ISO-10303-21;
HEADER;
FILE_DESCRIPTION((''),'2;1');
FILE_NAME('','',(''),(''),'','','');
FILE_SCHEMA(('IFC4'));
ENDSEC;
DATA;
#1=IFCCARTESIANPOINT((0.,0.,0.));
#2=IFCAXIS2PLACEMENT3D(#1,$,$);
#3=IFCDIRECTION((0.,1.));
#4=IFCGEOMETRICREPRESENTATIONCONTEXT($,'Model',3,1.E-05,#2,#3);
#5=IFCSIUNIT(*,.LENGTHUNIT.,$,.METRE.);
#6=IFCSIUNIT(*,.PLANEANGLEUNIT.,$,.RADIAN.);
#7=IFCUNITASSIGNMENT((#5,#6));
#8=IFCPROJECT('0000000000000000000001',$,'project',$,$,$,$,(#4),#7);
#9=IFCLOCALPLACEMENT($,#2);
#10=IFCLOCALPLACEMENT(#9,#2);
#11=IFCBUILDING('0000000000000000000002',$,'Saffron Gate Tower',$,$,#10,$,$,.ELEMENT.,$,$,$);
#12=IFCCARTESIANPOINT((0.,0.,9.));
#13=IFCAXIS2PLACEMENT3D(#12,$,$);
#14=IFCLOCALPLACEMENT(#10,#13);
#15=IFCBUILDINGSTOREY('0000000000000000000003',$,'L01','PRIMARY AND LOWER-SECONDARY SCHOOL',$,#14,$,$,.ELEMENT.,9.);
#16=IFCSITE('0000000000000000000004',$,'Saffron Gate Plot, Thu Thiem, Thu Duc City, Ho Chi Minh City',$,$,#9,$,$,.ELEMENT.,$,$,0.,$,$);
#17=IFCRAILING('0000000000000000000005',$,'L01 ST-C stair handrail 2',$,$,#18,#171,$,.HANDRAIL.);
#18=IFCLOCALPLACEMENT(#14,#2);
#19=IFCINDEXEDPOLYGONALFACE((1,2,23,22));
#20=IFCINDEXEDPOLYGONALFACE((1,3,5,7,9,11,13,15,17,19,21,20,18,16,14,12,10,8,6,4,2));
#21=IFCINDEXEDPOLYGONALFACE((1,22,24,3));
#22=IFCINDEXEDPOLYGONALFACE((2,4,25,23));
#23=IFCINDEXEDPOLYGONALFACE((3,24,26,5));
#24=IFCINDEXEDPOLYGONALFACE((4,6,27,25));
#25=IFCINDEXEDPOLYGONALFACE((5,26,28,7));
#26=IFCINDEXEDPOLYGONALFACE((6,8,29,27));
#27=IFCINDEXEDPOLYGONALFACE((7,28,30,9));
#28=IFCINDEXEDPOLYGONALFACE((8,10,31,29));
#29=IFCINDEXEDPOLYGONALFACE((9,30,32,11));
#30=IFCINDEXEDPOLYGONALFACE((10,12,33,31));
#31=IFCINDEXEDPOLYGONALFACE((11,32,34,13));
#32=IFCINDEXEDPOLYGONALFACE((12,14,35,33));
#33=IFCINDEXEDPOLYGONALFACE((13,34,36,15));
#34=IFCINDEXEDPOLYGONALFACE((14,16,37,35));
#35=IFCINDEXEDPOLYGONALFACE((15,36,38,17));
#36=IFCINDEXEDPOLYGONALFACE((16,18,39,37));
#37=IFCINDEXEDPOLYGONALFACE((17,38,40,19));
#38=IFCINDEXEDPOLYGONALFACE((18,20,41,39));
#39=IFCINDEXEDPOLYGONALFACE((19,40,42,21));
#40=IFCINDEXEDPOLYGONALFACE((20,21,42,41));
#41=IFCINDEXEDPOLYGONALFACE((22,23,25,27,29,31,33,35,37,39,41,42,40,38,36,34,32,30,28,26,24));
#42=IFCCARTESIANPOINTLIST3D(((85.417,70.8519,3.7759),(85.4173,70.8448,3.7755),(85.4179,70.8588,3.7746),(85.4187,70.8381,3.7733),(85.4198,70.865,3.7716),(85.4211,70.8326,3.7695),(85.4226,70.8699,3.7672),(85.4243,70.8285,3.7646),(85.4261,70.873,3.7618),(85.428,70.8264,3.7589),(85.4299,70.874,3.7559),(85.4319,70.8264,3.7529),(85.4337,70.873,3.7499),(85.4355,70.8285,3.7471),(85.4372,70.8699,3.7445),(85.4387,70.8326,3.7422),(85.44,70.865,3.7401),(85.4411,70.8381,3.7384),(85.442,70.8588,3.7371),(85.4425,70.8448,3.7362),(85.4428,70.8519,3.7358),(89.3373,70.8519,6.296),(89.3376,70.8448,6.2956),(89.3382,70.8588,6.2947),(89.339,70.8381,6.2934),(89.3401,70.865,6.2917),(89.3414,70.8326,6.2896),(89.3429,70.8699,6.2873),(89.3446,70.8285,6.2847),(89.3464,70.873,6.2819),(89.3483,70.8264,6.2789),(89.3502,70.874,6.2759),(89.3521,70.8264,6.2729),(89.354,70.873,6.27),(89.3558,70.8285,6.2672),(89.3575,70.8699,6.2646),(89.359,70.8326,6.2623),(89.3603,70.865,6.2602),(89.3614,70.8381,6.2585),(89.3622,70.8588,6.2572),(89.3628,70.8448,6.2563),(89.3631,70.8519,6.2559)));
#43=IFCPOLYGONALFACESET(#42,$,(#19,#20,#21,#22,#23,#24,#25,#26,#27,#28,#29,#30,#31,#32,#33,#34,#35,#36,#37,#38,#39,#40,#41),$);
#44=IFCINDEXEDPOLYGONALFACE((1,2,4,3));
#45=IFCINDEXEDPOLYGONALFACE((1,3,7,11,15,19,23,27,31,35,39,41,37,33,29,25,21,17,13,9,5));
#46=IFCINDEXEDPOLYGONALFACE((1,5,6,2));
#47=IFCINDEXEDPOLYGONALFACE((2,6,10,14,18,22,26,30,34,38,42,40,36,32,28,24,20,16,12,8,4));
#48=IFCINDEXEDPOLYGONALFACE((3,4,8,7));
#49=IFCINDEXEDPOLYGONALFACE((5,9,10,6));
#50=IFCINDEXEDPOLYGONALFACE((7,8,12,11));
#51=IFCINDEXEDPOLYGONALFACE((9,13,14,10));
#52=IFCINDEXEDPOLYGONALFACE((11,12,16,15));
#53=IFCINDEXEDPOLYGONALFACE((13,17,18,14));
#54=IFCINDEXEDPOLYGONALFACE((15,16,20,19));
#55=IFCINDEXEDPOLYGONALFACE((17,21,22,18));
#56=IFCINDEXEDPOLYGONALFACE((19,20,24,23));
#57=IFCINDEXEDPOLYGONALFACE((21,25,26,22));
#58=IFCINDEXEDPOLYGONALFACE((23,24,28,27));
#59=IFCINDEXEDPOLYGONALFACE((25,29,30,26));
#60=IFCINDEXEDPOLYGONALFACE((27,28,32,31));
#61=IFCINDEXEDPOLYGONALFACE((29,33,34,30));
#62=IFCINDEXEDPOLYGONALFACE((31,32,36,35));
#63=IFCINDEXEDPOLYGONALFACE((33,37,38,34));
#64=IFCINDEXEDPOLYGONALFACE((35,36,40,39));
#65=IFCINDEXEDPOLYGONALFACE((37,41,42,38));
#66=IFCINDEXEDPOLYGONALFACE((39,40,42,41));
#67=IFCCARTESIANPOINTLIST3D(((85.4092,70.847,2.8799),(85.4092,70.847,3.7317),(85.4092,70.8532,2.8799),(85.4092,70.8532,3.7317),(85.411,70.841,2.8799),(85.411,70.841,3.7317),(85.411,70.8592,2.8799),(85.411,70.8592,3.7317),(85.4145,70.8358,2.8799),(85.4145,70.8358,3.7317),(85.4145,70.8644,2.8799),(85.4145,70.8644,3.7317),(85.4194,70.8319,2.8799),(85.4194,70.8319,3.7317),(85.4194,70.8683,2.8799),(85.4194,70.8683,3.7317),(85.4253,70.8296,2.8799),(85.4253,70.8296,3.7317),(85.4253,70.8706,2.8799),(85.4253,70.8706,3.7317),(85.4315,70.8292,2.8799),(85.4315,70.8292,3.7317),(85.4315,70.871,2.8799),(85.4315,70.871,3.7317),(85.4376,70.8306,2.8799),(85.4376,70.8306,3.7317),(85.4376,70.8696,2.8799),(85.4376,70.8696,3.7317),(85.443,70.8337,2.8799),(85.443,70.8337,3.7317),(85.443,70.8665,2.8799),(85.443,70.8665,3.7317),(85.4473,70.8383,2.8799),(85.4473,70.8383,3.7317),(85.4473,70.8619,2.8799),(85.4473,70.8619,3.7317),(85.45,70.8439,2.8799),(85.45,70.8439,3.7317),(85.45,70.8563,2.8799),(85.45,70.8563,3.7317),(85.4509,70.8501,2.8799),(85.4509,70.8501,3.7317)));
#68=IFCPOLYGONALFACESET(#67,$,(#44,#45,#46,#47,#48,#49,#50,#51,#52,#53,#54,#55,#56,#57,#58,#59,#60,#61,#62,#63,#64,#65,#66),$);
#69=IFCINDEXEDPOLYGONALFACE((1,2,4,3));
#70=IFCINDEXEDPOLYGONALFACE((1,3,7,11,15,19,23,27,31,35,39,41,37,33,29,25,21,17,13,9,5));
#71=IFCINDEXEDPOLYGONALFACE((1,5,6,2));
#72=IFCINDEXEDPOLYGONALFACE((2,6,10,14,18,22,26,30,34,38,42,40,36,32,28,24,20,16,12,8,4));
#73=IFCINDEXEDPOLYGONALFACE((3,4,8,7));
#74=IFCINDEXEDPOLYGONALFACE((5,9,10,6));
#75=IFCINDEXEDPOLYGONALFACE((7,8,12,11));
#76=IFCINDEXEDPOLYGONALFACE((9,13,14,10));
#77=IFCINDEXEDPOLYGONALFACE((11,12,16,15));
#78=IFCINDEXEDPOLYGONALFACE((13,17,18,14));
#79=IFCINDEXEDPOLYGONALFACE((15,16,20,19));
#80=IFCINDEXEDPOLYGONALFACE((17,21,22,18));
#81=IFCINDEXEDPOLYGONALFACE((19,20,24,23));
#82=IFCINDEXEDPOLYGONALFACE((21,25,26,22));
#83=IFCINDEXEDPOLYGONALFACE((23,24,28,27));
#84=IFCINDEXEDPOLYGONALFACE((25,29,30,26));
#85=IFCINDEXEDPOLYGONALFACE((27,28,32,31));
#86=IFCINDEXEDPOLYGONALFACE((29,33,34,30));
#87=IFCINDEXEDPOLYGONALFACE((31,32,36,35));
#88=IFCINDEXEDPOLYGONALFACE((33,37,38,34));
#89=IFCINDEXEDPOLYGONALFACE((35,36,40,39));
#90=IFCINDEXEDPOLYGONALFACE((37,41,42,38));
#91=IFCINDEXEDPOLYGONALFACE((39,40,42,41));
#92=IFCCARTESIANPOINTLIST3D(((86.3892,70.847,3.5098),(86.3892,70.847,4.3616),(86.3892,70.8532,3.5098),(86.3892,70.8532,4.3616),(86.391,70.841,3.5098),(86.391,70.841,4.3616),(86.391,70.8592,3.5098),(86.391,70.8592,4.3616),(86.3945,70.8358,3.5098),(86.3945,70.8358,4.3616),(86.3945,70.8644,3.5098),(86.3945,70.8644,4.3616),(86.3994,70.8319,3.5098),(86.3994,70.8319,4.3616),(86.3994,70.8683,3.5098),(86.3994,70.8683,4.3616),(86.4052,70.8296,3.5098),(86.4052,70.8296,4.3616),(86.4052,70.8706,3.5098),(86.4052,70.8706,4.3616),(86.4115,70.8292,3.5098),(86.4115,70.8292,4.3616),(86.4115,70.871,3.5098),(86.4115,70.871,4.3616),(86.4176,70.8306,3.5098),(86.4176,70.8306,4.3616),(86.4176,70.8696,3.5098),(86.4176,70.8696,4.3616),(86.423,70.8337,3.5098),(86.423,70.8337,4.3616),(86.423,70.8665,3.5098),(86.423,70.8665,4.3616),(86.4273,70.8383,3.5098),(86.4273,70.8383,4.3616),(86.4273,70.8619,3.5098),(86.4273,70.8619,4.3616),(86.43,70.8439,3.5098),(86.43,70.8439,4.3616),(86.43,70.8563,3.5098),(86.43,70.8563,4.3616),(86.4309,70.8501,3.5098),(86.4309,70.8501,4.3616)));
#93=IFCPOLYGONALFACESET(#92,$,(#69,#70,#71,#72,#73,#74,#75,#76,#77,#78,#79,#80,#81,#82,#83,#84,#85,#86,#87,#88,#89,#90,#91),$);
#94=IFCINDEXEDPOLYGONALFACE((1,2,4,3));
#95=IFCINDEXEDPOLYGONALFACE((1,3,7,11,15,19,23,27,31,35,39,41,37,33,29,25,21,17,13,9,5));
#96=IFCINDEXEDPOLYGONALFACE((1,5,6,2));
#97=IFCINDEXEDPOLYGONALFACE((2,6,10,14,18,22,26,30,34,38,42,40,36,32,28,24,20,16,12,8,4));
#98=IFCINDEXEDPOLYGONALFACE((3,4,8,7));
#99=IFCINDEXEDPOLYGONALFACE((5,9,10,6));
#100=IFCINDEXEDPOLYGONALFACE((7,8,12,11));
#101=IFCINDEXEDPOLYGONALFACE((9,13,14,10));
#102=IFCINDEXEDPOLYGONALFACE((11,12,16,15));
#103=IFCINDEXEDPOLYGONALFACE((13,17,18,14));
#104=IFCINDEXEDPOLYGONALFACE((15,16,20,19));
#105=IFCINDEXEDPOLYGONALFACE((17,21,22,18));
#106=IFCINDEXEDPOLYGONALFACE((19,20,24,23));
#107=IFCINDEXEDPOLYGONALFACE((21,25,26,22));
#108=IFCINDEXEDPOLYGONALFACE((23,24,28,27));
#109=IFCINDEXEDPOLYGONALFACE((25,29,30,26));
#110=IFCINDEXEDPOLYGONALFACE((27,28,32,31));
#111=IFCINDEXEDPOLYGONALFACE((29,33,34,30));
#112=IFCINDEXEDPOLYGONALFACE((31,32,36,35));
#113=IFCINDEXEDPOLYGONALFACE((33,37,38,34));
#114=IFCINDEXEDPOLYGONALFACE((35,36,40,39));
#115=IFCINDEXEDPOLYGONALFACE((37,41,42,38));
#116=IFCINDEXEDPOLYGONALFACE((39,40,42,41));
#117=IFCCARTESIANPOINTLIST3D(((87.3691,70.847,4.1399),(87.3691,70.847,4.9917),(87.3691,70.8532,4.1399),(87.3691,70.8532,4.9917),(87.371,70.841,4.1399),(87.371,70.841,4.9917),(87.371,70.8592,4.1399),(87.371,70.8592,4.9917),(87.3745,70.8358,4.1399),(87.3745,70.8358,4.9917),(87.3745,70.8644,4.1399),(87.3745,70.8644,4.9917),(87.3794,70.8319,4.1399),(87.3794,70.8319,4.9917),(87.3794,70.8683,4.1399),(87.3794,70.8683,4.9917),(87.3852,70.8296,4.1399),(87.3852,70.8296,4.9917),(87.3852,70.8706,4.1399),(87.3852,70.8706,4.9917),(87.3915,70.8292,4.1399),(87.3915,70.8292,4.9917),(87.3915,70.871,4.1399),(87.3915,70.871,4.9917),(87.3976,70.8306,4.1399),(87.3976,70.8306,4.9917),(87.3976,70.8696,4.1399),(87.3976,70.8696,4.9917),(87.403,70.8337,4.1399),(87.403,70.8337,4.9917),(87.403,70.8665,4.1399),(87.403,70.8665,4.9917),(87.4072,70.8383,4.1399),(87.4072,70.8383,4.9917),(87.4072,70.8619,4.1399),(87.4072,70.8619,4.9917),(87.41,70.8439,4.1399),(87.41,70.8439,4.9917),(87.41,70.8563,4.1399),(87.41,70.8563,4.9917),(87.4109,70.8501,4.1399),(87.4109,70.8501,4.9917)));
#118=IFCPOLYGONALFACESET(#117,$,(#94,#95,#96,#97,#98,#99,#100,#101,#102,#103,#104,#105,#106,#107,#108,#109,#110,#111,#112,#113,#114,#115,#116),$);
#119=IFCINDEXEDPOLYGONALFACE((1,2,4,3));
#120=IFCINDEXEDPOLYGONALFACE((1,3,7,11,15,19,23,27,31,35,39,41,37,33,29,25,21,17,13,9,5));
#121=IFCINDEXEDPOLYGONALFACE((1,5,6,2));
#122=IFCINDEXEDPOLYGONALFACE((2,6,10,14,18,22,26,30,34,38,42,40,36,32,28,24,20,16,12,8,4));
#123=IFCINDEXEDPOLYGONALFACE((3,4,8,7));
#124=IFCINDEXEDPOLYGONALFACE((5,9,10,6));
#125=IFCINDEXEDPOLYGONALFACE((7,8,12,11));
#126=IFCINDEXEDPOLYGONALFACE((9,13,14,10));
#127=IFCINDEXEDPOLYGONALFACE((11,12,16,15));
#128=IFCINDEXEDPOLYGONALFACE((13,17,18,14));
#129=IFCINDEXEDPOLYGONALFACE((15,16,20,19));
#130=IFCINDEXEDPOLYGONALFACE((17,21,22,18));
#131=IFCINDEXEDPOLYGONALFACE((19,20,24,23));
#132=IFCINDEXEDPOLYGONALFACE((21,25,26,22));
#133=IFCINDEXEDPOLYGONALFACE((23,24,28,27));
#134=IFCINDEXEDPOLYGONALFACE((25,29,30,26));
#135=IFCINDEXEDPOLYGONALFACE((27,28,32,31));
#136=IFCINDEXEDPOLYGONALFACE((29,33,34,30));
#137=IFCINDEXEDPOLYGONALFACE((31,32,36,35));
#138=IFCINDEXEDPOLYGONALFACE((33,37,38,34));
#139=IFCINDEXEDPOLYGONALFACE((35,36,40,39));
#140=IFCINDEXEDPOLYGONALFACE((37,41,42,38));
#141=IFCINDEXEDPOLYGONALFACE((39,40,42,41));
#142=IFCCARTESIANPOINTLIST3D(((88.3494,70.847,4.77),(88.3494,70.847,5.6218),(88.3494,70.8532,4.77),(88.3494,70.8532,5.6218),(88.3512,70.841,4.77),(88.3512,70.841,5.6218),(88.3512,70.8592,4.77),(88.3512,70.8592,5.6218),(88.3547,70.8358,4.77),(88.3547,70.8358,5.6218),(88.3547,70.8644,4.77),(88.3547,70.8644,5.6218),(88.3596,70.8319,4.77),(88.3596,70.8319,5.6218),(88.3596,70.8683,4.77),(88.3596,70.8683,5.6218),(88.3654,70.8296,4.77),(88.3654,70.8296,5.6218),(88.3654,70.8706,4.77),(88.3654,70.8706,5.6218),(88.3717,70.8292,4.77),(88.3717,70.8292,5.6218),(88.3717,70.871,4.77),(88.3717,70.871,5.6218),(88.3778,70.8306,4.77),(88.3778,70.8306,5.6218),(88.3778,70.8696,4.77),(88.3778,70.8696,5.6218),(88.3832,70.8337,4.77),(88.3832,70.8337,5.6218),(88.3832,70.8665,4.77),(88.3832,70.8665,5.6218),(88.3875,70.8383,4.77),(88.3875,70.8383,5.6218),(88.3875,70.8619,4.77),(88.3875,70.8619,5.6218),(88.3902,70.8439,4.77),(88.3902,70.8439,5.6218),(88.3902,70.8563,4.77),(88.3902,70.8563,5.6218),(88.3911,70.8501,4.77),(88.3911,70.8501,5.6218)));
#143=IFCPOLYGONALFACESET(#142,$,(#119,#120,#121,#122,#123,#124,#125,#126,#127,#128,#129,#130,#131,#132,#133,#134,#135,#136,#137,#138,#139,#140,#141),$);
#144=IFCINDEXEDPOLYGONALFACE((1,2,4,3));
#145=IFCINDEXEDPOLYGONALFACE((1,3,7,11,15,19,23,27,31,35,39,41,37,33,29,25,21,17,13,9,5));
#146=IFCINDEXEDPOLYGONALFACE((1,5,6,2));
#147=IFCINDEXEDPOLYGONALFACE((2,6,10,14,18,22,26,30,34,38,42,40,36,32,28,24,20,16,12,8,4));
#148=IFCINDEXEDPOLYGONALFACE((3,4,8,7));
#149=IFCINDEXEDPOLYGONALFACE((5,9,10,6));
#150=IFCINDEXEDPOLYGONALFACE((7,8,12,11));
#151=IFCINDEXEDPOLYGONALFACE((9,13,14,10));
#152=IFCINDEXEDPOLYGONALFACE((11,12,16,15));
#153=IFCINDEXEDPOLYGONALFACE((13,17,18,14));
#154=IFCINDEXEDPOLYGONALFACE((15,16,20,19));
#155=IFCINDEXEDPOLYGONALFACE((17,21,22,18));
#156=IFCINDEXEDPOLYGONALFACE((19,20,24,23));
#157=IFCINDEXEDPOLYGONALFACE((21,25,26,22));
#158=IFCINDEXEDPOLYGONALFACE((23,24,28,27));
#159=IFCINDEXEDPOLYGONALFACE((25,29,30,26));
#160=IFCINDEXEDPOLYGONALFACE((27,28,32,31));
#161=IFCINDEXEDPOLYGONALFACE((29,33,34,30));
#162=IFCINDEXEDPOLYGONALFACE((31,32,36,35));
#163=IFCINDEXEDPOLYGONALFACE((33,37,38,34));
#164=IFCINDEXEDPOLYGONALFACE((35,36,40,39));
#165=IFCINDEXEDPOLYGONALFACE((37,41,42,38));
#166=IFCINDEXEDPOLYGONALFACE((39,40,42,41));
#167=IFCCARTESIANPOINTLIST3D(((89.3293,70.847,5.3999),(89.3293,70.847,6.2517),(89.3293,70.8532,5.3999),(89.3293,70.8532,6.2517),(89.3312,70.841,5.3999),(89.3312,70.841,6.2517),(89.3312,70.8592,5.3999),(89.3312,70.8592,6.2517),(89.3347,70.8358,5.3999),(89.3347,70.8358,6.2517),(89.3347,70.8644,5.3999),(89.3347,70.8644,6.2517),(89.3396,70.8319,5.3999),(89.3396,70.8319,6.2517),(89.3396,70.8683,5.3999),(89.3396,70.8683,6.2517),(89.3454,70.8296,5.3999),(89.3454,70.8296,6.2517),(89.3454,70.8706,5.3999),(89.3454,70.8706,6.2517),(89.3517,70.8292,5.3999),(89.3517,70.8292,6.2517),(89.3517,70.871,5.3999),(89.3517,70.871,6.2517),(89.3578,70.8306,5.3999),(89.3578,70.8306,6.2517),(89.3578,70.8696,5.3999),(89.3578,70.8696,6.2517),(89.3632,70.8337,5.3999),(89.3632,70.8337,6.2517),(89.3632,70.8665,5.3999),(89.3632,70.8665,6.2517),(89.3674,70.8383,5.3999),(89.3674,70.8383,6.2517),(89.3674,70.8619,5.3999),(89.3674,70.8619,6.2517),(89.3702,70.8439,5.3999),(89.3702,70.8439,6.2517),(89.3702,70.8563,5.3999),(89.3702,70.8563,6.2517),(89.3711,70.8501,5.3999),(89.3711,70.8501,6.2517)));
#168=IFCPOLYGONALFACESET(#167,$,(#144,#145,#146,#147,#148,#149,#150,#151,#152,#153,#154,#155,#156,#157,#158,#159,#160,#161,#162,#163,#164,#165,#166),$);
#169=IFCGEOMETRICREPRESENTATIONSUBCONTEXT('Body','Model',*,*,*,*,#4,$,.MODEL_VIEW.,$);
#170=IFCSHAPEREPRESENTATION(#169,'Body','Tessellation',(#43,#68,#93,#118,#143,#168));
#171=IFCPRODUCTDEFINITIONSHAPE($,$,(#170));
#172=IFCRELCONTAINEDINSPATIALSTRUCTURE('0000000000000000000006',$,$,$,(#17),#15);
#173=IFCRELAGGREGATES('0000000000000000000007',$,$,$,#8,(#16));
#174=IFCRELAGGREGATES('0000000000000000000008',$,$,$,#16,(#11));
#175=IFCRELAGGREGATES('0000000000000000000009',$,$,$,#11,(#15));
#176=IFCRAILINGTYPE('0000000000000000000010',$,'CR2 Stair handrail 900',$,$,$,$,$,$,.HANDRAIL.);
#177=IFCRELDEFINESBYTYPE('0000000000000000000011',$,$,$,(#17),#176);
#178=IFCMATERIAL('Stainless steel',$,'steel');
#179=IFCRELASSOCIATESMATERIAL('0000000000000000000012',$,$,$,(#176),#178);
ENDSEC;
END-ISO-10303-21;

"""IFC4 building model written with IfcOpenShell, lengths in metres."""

from ifc_helpers import new_model, si_unit, direction, frame, origin, origin_2d, place, context, subcontext, project, spatial, circle, extrude, material, type_object, element, save


model = new_model("IFC4")

# Units and contexts
model_context = context("Model", 3, precision=1e-05, world=origin(), true_north=direction((0.0, 1.0)))
body_context = subcontext(model_context, "Body", "Model", "MODEL_VIEW")
ifc_project = project(units=[si_unit("LENGTHUNIT", "METRE"), si_unit("PLANEANGLEUNIT", "RADIAN")], contexts=[model_context])

# Site, building, storey
site_placement = place(None, origin())
site = spatial("IfcSite", under=ifc_project, at=site_placement, Name="Saffron Gate Plot, Thu Thiem, Thu Duc City, Ho Chi Minh City", CompositionType="ELEMENT", RefElevation=0.0)
building_placement = place(site_placement, origin())
building = spatial("IfcBuilding", under=site, at=building_placement, Name="Saffron Gate Tower", CompositionType="ELEMENT")
storey_placement = place(building_placement, frame((0.0, 0.0, 9.0)))
storey = spatial("IfcBuildingStorey", under=building, at=storey_placement, Name="L01", Description="PRIMARY AND LOWER-SECONDARY SCHOOL", CompositionType="ELEMENT", Elevation=9.0)

# Railing
ifc_material_1 = material(Name="Stainless steel", Category="steel")
railing_type_1 = type_object("IfcRailingType", Name="CR2 Stair handrail 900", PredefinedType="HANDRAIL", material=ifc_material_1)
railing_1_placement = place(storey_placement, frame((85.4299, 70.8501, 2.8799)))
element("IfcRailing", 1, at=railing_1_placement, inside=storey, type_object=railing_type_1, Name="L01 ST-C stair handrail 2", PredefinedType="HANDRAIL", context=body_context, shape_type="SweptSolid", body=[
    extrude(circle(Radius=0.0239, at=origin_2d()), frame((0.0, 0.0, 0.876), z_axis=(0.841187, 0.0, 0.540744), x_axis=(0.0, 1.0, 0.0)), (0.0, 0.0, 1.0), 4.6604),
    extrude(circle(Radius=0.021, at=origin_2d()), origin(), (0.0, 0.0, 1.0), 0.8518),
    extrude(circle(Radius=0.021, at=origin_2d()), frame((0.98, 0.0, 0.6299)), (0.0, 0.0, 1.0), 0.8518),
    extrude(circle(Radius=0.021, at=origin_2d()), frame((1.96, 0.0, 1.26)), (0.0, 0.0, 1.0), 0.8518),
    extrude(circle(Radius=0.021, at=origin_2d()), frame((2.9402, 0.0, 1.8901)), (0.0, 0.0, 1.0), 0.8518),
    extrude(circle(Radius=0.021, at=origin_2d()), frame((3.9202, 0.0, 2.52)), (0.0, 0.0, 1.0), 0.8518),
])

save(model, "model.ifc")
